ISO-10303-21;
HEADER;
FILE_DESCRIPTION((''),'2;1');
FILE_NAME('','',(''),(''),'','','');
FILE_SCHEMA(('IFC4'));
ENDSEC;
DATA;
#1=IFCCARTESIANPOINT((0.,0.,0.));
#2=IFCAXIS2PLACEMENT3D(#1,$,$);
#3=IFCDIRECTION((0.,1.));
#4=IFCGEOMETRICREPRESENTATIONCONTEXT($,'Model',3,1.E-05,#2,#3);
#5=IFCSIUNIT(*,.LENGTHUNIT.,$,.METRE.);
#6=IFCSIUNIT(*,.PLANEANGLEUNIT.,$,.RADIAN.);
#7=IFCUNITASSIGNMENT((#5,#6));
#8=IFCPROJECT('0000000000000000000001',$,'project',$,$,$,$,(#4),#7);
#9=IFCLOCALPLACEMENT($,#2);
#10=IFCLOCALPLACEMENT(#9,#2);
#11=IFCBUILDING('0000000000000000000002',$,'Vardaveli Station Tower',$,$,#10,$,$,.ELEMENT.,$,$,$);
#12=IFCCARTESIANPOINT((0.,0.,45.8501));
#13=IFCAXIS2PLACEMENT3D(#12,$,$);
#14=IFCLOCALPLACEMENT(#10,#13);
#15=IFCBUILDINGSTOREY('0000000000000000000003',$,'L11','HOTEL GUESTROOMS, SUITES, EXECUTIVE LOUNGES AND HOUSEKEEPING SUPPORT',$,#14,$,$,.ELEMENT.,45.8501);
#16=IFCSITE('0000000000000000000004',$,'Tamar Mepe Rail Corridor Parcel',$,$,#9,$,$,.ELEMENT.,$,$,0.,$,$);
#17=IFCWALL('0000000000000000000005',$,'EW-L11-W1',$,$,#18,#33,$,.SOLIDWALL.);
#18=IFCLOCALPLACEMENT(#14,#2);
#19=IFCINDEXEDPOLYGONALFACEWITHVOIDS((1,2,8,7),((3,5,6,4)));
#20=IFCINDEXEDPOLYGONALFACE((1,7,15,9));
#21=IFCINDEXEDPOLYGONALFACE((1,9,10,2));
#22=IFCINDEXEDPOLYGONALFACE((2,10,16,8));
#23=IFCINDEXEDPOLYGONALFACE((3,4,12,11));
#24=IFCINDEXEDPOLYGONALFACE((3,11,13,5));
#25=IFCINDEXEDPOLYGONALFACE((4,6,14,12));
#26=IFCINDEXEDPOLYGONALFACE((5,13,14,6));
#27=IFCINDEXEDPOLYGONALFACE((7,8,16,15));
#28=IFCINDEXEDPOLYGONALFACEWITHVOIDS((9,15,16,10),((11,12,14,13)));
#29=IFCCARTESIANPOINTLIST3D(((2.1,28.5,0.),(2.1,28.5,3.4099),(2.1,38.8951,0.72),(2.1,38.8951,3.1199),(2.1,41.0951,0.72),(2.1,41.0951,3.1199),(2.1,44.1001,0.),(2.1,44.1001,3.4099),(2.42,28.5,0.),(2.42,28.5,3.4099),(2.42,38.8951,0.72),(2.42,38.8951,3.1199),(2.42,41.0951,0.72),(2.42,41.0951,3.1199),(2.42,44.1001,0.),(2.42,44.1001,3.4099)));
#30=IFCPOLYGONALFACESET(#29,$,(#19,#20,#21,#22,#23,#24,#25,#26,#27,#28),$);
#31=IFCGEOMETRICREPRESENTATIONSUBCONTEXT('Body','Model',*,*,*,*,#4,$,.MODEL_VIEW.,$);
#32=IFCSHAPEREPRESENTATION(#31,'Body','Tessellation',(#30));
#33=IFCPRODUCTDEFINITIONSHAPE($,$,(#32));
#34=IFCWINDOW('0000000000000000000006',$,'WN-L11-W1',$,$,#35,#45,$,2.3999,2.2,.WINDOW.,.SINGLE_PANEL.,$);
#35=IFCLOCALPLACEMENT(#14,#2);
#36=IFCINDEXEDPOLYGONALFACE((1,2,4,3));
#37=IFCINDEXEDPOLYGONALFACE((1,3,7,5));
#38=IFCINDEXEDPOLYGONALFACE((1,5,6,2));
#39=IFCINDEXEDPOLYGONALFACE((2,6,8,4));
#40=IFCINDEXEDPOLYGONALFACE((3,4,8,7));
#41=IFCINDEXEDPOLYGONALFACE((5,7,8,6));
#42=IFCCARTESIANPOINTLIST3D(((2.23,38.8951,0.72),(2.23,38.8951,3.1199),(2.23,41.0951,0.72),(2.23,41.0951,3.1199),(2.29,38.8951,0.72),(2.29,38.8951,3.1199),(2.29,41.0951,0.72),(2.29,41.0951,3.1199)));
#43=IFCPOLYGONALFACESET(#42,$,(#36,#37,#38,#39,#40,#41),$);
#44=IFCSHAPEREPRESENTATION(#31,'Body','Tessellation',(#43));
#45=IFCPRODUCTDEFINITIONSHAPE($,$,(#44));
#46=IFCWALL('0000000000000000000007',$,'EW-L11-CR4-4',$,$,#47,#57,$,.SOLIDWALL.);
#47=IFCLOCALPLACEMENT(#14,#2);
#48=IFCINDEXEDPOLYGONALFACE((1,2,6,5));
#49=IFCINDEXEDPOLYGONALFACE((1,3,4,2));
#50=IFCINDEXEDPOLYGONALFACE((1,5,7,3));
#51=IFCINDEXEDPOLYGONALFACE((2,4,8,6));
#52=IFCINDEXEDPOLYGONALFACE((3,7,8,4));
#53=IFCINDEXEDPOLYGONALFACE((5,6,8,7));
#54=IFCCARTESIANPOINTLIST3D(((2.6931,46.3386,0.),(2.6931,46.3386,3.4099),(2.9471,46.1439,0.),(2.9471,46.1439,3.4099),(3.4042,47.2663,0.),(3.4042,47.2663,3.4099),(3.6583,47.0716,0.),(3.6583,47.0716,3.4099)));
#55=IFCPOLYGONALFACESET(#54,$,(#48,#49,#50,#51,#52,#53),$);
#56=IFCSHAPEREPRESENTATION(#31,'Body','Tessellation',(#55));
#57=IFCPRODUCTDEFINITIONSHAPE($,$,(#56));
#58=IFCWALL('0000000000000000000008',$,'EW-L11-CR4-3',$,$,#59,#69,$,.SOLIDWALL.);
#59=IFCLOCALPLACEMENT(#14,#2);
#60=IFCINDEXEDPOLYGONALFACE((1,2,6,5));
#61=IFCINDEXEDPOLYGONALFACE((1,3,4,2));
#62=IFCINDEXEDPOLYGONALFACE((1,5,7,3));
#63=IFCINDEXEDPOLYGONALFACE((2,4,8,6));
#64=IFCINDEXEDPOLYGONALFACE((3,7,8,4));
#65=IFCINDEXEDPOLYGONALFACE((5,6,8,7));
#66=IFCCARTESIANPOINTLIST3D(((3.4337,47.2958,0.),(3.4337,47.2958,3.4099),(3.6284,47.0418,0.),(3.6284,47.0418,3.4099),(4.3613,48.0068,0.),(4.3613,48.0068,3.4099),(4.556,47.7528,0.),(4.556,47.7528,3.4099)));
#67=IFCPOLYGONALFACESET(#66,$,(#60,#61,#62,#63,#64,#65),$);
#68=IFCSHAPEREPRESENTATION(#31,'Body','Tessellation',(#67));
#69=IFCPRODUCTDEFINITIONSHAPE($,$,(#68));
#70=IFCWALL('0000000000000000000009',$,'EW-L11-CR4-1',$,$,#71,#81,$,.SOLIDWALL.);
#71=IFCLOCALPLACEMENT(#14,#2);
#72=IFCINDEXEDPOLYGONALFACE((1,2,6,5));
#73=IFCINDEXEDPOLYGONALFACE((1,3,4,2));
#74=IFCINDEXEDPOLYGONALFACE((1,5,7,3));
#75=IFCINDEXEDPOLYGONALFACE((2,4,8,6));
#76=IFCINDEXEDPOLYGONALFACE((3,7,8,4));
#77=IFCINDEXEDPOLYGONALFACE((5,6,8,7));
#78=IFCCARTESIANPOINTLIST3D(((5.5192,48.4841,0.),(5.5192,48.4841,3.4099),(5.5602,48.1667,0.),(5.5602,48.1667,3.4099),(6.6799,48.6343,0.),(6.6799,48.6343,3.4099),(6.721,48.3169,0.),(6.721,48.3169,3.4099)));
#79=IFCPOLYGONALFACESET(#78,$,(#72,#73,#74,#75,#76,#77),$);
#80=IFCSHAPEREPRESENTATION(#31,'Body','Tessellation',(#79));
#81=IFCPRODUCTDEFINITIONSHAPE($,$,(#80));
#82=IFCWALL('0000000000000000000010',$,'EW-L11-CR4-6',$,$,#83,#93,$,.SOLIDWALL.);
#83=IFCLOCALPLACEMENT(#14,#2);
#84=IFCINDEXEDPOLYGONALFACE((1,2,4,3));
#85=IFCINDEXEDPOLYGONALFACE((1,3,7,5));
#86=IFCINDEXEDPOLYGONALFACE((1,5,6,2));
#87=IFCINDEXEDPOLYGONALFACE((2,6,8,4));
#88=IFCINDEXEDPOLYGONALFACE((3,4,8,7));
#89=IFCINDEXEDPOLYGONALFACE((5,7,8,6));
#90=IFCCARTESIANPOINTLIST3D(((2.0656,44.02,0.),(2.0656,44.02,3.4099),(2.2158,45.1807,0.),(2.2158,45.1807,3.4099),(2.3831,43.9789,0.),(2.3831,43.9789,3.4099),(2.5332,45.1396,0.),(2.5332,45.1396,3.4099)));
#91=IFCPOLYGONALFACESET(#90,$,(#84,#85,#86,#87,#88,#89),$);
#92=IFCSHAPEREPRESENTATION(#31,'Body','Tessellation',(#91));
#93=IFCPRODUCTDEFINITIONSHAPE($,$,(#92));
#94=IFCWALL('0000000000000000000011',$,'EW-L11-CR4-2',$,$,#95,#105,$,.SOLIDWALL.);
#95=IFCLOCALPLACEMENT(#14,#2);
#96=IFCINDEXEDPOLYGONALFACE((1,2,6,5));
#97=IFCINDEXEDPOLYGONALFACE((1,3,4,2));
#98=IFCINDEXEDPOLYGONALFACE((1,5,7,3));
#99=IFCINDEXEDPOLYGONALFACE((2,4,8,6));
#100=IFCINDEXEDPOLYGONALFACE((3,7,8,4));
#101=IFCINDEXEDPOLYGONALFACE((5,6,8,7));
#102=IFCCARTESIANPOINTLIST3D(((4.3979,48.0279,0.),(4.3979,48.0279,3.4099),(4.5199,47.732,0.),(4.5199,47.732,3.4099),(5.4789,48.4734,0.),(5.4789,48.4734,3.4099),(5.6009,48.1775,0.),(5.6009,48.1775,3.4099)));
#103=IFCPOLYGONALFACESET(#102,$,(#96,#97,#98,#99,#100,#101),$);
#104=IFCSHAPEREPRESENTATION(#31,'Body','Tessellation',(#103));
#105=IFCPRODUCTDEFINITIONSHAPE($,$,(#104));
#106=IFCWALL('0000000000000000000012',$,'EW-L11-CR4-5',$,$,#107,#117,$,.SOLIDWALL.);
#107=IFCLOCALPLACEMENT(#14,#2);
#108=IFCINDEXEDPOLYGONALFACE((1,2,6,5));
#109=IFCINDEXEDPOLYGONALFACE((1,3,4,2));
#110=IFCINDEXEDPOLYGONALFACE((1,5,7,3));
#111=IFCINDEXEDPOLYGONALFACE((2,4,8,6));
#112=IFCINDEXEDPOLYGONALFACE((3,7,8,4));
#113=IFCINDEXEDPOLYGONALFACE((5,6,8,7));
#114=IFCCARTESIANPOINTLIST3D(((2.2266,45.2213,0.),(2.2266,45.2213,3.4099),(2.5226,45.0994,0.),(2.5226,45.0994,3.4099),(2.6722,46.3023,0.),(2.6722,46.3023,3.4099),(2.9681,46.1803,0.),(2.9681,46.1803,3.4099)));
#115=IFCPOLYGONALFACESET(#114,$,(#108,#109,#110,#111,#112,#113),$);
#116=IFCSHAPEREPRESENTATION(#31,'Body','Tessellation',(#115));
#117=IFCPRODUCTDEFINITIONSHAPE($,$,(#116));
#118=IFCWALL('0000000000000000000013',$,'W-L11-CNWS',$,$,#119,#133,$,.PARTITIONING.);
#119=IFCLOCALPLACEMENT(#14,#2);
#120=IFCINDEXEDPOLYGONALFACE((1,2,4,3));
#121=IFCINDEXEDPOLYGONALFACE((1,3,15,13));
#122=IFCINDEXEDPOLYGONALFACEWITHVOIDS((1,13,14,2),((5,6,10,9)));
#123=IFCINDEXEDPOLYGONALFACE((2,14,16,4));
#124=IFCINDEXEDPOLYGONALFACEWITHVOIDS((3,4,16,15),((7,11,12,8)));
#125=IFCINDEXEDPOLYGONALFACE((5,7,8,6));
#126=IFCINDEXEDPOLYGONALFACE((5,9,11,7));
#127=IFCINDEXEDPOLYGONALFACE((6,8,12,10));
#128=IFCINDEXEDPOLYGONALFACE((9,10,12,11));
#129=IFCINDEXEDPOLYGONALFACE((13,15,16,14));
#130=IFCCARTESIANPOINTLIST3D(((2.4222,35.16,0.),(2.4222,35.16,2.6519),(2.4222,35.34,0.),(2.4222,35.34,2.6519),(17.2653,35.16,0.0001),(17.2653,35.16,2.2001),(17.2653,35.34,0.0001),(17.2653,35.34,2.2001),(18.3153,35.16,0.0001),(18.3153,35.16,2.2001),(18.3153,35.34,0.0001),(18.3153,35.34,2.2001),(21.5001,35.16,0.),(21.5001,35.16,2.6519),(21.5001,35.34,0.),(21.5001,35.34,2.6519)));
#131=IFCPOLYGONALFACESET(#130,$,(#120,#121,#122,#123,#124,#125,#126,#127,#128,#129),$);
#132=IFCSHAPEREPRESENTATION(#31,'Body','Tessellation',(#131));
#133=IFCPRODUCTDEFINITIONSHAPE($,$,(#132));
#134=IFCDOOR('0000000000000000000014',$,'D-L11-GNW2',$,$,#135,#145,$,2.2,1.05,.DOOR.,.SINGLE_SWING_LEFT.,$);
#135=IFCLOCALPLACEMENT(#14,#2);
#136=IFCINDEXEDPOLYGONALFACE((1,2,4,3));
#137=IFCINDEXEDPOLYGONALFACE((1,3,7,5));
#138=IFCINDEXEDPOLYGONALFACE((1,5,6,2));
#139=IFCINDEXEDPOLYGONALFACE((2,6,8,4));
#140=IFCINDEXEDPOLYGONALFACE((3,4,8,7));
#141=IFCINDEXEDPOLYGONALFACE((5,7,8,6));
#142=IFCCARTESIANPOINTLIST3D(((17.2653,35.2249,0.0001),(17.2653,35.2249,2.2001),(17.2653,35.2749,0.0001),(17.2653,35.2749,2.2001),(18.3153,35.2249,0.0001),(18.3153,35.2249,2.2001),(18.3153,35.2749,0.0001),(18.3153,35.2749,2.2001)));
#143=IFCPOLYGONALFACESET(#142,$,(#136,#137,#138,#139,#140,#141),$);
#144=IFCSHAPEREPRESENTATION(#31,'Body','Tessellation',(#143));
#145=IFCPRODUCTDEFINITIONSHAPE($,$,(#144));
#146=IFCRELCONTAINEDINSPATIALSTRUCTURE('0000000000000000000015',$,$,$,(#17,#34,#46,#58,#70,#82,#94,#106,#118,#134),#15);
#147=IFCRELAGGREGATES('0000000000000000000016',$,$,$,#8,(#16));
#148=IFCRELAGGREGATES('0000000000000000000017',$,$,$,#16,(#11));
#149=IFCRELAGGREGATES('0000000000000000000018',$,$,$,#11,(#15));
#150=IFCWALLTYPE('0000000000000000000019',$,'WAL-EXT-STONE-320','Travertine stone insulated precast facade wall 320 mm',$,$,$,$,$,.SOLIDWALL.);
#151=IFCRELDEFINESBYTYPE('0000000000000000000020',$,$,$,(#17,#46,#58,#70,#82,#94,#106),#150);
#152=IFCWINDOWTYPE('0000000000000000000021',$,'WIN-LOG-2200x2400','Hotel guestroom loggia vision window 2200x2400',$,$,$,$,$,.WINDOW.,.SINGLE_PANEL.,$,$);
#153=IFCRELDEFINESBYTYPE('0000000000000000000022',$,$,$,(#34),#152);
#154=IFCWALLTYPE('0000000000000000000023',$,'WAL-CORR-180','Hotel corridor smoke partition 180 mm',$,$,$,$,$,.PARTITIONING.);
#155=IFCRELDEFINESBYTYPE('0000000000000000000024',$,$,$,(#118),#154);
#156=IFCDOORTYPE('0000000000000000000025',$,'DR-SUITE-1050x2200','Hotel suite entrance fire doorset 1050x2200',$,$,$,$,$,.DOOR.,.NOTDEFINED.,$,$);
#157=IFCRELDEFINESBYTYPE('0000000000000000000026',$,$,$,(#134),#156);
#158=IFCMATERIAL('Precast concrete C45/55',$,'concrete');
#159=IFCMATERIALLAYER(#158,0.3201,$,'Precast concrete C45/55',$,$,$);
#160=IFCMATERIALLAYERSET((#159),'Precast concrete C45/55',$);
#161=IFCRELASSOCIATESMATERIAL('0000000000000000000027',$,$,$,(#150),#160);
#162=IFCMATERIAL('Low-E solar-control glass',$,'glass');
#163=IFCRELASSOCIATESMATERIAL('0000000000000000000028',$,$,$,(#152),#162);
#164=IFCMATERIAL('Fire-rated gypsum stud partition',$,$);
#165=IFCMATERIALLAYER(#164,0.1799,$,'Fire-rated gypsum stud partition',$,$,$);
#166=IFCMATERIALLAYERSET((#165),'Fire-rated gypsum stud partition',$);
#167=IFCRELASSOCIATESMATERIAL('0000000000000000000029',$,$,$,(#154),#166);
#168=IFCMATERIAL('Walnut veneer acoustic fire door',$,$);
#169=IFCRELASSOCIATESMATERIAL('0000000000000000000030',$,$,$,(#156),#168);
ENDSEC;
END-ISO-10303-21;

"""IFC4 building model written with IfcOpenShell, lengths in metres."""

from ifc_helpers import new_model, si_unit, direction, frame, frame_2d, origin, place, context, subcontext, project, spatial, rectangle, extrude, source, transform, mapped, material, layer, layer_set, type_object, element, fill, save


model = new_model("IFC4")

# Units and contexts
model_context = context("Model", 3, precision=1e-05, world=origin(), true_north=direction((0.0, 1.0)))
body_context = subcontext(model_context, "Body", "Model", "MODEL_VIEW")
ifc_project = project(units=[si_unit("LENGTHUNIT", "METRE"), si_unit("PLANEANGLEUNIT", "RADIAN")], contexts=[model_context])

# Site, building, storey
site_placement = place(None, origin())
site = spatial("IfcSite", under=ifc_project, at=site_placement, Name="Tamar Mepe Rail Corridor Parcel", CompositionType="ELEMENT", RefElevation=0.0)
building_placement = place(site_placement, origin())
building = spatial("IfcBuilding", under=site, at=building_placement, Name="Vardaveli Station Tower", CompositionType="ELEMENT")
storey_placement = place(building_placement, frame((0.0, 0.0, 45.8501)))
storey = spatial("IfcBuildingStorey", under=building, at=storey_placement, Name="L11", Description="HOTEL GUESTROOMS, SUITES, EXECUTIVE LOUNGES AND HOUSEKEEPING SUPPORT", CompositionType="ELEMENT", Elevation=45.8501)

# Shared definitions
ifc_material_1 = material(Name="Precast concrete C45/55", Category="concrete")

# Wall, opening, window
ifc_layer_1 = layer(ifc_material_1, 0.3201, Name="Precast concrete C45/55")
ifc_layer_set_1 = layer_set([ifc_layer_1], Name="Precast concrete C45/55")
wall_type_1 = type_object("IfcWallType", Name="WAL-EXT-STONE-320", Description="Travertine stone insulated precast facade wall 320 mm", PredefinedType="SOLIDWALL", material=ifc_layer_set_1)
shared_shape_1 = source(origin(), body_context, "Body", "SweptSolid", [
    extrude(rectangle(XDim=15.6001, YDim=0.3201, at=frame_2d((7.8, 0.0))), origin(), (0.0, 0.0, 1.0), 3.4099),
])
wall_1_placement = place(storey_placement, frame((2.26, 44.1001, 0.0), z_axis=(0.0, 0.0, 1.0), x_axis=(0.0, -1.0, 0.0)))
wall_1 = element("IfcWall", 1, at=wall_1_placement, inside=storey, type_object=wall_type_1, Name="EW-L11-W1", PredefinedType="SOLIDWALL", context=body_context, shape_type="MappedRepresentation", body=[
    mapped(shared_shape_1, transform((0.0, 0.0, 0.0), scale=1.0)),
])
shared_shape_2 = source(origin(), body_context, "Body", "SweptSolid", [
    extrude(rectangle(XDim=2.2, YDim=2.3999, at=frame_2d((1.1001, 1.2))), frame((0.0, 0.1699, 0.0), z_axis=(0.0, -1.0, 0.0), x_axis=(1.0, 0.0, 0.0)), (0.0, 0.0, 1.0), 0.3401),
])
opening_1_placement = place(wall_1_placement, frame((3.0049, 0.0, 0.72)))
opening_1 = element("IfcOpeningElement", 2, at=opening_1_placement, cuts=wall_1, PredefinedType="OPENING", context=body_context, shape_type="MappedRepresentation", body=[
    mapped(shared_shape_2, transform((0.0, 0.0, 0.0), scale=1.0)),
])
ifc_material_2 = material(Name="Low-E solar-control glass", Category="glass")
window_type = type_object("IfcWindowType", Name="WIN-LOG-2200x2400", Description="Hotel guestroom loggia vision window 2200x2400", PartitioningType="SINGLE_PANEL", PredefinedType="WINDOW", material=ifc_material_2)
shared_shape_3 = source(origin(), body_context, "Body", "SweptSolid", [
    extrude(rectangle(XDim=2.2, YDim=2.3999, at=frame_2d((1.1001, 1.2))), frame((0.0, 0.03, 0.0), z_axis=(0.0, -1.0, 0.0), x_axis=(1.0, 0.0, 0.0)), (0.0, 0.0, 1.0), 0.0601),
])
window_placement = place(opening_1_placement, origin())
window = element("IfcWindow", 3, at=window_placement, inside=storey, type_object=window_type, Name="WN-L11-W1", OverallHeight=2.3999, OverallWidth=2.2, PartitioningType="SINGLE_PANEL", PredefinedType="WINDOW", context=body_context, shape_type="MappedRepresentation", body=[
    mapped(shared_shape_3, transform((0.0, 0.0, 0.0), scale=1.0)),
])
fill(opening_1, window)

# Walls
shared_shape_4 = source(origin(), body_context, "Body", "SweptSolid", [
    extrude(rectangle(XDim=1.1689, YDim=0.3201, at=frame_2d((0.5845, 0.0))), origin(), (0.0, 0.0, 1.0), 3.4099),
])
wall_2_placement = place(storey_placement, frame((3.5312, 47.1689, 0.0), z_axis=(0.0, 0.0, 1.0), x_axis=(-0.608388, -0.79364, 0.0)))
element("IfcWall", 4, at=wall_2_placement, inside=storey, type_object=wall_type_1, Name="EW-L11-CR4-4", PredefinedType="SOLIDWALL", context=body_context, shape_type="MappedRepresentation", body=[
    mapped(shared_shape_4, transform((0.0, 0.0, 0.0), scale=1.0)),
])
shared_shape_5 = source(origin(), body_context, "Body", "SweptSolid", [
    extrude(rectangle(XDim=1.1687, YDim=0.3201, at=frame_2d((0.5845, 0.0))), origin(), (0.0, 0.0, 1.0), 3.4099),
])
wall_3_placement = place(storey_placement, frame((4.4587, 47.8799, 0.0), z_axis=(0.0, 0.0, 1.0), x_axis=(-0.793664, -0.608357, 0.0)))
element("IfcWall", 5, at=wall_3_placement, inside=storey, type_object=wall_type_1, Name="EW-L11-CR4-3", PredefinedType="SOLIDWALL", context=body_context, shape_type="MappedRepresentation", body=[
    mapped(shared_shape_5, transform((0.0, 0.0, 0.0), scale=1.0)),
])
shared_shape_6 = source(origin(), body_context, "Body", "SweptSolid", [
    extrude(rectangle(XDim=1.1704, YDim=0.3201, at=frame_2d((0.5852, 0.0))), origin(), (0.0, 0.0, 1.0), 3.4099),
])
for number, where, z_axis, x_axis, name in (
    (6, (6.7004, 48.4756, 0.0), (0.0, 0.0, 1.0), (-0.991736, -0.128296, 0.0), "EW-L11-CR4-1"),
    (7, (2.3745, 45.1602, 0.0), (0.0, 0.0, 1.0), (-0.128296, -0.991736, 0.0), "EW-L11-CR4-6"),
):
    element("IfcWall", number, at=place(storey_placement, frame(where, z_axis=z_axis, x_axis=x_axis)), inside=storey, type_object=wall_type_1, Name=name, PredefinedType="SOLIDWALL", context=body_context, shape_type="MappedRepresentation", body=[
        mapped(shared_shape_6, transform((0.0, 0.0, 0.0), scale=1.0)),
    ])
shared_shape_7 = source(origin(), body_context, "Body", "SweptSolid", [
    extrude(rectangle(XDim=1.1692, YDim=0.3201, at=frame_2d((0.5845, 0.0))), origin(), (0.0, 0.0, 1.0), 3.4099),
])
for number, where, z_axis, x_axis, name in (
    (8, (5.5398, 48.3254, 0.0), (0.0, 0.0, 1.0), (-0.924553, -0.381054, 0.0), "EW-L11-CR4-2"),
    (9, (2.8201, 46.2412, 0.0), (0.0, 0.0, 1.0), (-0.381054, -0.924553, 0.0), "EW-L11-CR4-5"),
):
    element("IfcWall", number, at=place(storey_placement, frame(where, z_axis=z_axis, x_axis=x_axis)), inside=storey, type_object=wall_type_1, Name=name, PredefinedType="SOLIDWALL", context=body_context, shape_type="MappedRepresentation", body=[
        mapped(shared_shape_7, transform((0.0, 0.0, 0.0), scale=1.0)),
    ])

# Wall, opening, door
ifc_material_3 = material(Name="Fire-rated gypsum stud partition")
ifc_layer_2 = layer(ifc_material_3, 0.1799, Name="Fire-rated gypsum stud partition")
ifc_layer_set_2 = layer_set([ifc_layer_2], Name="Fire-rated gypsum stud partition")
wall_type_2 = type_object("IfcWallType", Name="WAL-CORR-180", Description="Hotel corridor smoke partition 180 mm", PredefinedType="PARTITIONING", material=ifc_layer_set_2)
shared_shape_8 = source(origin(), body_context, "Body", "SweptSolid", [
    extrude(rectangle(XDim=19.0779, YDim=0.1799, at=frame_2d((9.5391, 0.0))), origin(), (0.0, 0.0, 1.0), 2.6519),
])
wall_4_placement = place(storey_placement, frame((2.4221, 35.25, 0.0), z_axis=(0.0, 0.0, 1.0), x_axis=(1.0, 0.0, 0.0)))
wall_4 = element("IfcWall", 10, at=wall_4_placement, inside=storey, type_object=wall_type_2, Name="W-L11-CNWS", PredefinedType="PARTITIONING", context=body_context, shape_type="MappedRepresentation", body=[
    mapped(shared_shape_8, transform((0.0, 0.0, 0.0), scale=1.0)),
])
shared_shape_9 = source(origin(), body_context, "Body", "SweptSolid", [
    extrude(rectangle(XDim=1.05, YDim=2.2, at=frame_2d((0.5249, 1.1001))), frame((0.0, 0.1001, 0.0), z_axis=(0.0, -1.0, 0.0), x_axis=(1.0, 0.0, 0.0)), (0.0, 0.0, 1.0), 0.2),
])
opening_2_placement = place(wall_4_placement, frame((14.8433, 0.0, 0.0)))
opening_2 = element("IfcOpeningElement", 11, at=opening_2_placement, cuts=wall_4, PredefinedType="OPENING", context=body_context, shape_type="MappedRepresentation", body=[
    mapped(shared_shape_9, transform((0.0, 0.0, 0.0), scale=1.0)),
])
ifc_material_4 = material(Name="Walnut veneer acoustic fire door")
door_type_1 = type_object("IfcDoorType", Name="DR-SUITE-1050x2200", Description="Hotel suite entrance fire doorset 1050x2200", OperationType="NOTDEFINED", PredefinedType="DOOR", material=ifc_material_4)
shared_shape_10 = source(origin(), body_context, "Body", "SweptSolid", [
    extrude(rectangle(XDim=1.05, YDim=2.2, at=frame_2d((0.5249, 1.1001))), frame((0.0, 0.0249, 0.0), z_axis=(0.0, -1.0, 0.0), x_axis=(1.0, 0.0, 0.0)), (0.0, 0.0, 1.0), 0.05),
])
door_1_placement = place(opening_2_placement, origin())
door_1 = element("IfcDoor", 12, at=door_1_placement, inside=storey, type_object=door_type_1, Name="D-L11-GNW2", OperationType="SINGLE_SWING_LEFT", OverallHeight=2.2, OverallWidth=1.05, PredefinedType="DOOR", context=body_context, shape_type="MappedRepresentation", body=[
    mapped(shared_shape_10, transform((0.0, 0.0, 0.0), scale=1.0)),
])
fill(opening_2, door_1)

save(model, "model.ifc")
